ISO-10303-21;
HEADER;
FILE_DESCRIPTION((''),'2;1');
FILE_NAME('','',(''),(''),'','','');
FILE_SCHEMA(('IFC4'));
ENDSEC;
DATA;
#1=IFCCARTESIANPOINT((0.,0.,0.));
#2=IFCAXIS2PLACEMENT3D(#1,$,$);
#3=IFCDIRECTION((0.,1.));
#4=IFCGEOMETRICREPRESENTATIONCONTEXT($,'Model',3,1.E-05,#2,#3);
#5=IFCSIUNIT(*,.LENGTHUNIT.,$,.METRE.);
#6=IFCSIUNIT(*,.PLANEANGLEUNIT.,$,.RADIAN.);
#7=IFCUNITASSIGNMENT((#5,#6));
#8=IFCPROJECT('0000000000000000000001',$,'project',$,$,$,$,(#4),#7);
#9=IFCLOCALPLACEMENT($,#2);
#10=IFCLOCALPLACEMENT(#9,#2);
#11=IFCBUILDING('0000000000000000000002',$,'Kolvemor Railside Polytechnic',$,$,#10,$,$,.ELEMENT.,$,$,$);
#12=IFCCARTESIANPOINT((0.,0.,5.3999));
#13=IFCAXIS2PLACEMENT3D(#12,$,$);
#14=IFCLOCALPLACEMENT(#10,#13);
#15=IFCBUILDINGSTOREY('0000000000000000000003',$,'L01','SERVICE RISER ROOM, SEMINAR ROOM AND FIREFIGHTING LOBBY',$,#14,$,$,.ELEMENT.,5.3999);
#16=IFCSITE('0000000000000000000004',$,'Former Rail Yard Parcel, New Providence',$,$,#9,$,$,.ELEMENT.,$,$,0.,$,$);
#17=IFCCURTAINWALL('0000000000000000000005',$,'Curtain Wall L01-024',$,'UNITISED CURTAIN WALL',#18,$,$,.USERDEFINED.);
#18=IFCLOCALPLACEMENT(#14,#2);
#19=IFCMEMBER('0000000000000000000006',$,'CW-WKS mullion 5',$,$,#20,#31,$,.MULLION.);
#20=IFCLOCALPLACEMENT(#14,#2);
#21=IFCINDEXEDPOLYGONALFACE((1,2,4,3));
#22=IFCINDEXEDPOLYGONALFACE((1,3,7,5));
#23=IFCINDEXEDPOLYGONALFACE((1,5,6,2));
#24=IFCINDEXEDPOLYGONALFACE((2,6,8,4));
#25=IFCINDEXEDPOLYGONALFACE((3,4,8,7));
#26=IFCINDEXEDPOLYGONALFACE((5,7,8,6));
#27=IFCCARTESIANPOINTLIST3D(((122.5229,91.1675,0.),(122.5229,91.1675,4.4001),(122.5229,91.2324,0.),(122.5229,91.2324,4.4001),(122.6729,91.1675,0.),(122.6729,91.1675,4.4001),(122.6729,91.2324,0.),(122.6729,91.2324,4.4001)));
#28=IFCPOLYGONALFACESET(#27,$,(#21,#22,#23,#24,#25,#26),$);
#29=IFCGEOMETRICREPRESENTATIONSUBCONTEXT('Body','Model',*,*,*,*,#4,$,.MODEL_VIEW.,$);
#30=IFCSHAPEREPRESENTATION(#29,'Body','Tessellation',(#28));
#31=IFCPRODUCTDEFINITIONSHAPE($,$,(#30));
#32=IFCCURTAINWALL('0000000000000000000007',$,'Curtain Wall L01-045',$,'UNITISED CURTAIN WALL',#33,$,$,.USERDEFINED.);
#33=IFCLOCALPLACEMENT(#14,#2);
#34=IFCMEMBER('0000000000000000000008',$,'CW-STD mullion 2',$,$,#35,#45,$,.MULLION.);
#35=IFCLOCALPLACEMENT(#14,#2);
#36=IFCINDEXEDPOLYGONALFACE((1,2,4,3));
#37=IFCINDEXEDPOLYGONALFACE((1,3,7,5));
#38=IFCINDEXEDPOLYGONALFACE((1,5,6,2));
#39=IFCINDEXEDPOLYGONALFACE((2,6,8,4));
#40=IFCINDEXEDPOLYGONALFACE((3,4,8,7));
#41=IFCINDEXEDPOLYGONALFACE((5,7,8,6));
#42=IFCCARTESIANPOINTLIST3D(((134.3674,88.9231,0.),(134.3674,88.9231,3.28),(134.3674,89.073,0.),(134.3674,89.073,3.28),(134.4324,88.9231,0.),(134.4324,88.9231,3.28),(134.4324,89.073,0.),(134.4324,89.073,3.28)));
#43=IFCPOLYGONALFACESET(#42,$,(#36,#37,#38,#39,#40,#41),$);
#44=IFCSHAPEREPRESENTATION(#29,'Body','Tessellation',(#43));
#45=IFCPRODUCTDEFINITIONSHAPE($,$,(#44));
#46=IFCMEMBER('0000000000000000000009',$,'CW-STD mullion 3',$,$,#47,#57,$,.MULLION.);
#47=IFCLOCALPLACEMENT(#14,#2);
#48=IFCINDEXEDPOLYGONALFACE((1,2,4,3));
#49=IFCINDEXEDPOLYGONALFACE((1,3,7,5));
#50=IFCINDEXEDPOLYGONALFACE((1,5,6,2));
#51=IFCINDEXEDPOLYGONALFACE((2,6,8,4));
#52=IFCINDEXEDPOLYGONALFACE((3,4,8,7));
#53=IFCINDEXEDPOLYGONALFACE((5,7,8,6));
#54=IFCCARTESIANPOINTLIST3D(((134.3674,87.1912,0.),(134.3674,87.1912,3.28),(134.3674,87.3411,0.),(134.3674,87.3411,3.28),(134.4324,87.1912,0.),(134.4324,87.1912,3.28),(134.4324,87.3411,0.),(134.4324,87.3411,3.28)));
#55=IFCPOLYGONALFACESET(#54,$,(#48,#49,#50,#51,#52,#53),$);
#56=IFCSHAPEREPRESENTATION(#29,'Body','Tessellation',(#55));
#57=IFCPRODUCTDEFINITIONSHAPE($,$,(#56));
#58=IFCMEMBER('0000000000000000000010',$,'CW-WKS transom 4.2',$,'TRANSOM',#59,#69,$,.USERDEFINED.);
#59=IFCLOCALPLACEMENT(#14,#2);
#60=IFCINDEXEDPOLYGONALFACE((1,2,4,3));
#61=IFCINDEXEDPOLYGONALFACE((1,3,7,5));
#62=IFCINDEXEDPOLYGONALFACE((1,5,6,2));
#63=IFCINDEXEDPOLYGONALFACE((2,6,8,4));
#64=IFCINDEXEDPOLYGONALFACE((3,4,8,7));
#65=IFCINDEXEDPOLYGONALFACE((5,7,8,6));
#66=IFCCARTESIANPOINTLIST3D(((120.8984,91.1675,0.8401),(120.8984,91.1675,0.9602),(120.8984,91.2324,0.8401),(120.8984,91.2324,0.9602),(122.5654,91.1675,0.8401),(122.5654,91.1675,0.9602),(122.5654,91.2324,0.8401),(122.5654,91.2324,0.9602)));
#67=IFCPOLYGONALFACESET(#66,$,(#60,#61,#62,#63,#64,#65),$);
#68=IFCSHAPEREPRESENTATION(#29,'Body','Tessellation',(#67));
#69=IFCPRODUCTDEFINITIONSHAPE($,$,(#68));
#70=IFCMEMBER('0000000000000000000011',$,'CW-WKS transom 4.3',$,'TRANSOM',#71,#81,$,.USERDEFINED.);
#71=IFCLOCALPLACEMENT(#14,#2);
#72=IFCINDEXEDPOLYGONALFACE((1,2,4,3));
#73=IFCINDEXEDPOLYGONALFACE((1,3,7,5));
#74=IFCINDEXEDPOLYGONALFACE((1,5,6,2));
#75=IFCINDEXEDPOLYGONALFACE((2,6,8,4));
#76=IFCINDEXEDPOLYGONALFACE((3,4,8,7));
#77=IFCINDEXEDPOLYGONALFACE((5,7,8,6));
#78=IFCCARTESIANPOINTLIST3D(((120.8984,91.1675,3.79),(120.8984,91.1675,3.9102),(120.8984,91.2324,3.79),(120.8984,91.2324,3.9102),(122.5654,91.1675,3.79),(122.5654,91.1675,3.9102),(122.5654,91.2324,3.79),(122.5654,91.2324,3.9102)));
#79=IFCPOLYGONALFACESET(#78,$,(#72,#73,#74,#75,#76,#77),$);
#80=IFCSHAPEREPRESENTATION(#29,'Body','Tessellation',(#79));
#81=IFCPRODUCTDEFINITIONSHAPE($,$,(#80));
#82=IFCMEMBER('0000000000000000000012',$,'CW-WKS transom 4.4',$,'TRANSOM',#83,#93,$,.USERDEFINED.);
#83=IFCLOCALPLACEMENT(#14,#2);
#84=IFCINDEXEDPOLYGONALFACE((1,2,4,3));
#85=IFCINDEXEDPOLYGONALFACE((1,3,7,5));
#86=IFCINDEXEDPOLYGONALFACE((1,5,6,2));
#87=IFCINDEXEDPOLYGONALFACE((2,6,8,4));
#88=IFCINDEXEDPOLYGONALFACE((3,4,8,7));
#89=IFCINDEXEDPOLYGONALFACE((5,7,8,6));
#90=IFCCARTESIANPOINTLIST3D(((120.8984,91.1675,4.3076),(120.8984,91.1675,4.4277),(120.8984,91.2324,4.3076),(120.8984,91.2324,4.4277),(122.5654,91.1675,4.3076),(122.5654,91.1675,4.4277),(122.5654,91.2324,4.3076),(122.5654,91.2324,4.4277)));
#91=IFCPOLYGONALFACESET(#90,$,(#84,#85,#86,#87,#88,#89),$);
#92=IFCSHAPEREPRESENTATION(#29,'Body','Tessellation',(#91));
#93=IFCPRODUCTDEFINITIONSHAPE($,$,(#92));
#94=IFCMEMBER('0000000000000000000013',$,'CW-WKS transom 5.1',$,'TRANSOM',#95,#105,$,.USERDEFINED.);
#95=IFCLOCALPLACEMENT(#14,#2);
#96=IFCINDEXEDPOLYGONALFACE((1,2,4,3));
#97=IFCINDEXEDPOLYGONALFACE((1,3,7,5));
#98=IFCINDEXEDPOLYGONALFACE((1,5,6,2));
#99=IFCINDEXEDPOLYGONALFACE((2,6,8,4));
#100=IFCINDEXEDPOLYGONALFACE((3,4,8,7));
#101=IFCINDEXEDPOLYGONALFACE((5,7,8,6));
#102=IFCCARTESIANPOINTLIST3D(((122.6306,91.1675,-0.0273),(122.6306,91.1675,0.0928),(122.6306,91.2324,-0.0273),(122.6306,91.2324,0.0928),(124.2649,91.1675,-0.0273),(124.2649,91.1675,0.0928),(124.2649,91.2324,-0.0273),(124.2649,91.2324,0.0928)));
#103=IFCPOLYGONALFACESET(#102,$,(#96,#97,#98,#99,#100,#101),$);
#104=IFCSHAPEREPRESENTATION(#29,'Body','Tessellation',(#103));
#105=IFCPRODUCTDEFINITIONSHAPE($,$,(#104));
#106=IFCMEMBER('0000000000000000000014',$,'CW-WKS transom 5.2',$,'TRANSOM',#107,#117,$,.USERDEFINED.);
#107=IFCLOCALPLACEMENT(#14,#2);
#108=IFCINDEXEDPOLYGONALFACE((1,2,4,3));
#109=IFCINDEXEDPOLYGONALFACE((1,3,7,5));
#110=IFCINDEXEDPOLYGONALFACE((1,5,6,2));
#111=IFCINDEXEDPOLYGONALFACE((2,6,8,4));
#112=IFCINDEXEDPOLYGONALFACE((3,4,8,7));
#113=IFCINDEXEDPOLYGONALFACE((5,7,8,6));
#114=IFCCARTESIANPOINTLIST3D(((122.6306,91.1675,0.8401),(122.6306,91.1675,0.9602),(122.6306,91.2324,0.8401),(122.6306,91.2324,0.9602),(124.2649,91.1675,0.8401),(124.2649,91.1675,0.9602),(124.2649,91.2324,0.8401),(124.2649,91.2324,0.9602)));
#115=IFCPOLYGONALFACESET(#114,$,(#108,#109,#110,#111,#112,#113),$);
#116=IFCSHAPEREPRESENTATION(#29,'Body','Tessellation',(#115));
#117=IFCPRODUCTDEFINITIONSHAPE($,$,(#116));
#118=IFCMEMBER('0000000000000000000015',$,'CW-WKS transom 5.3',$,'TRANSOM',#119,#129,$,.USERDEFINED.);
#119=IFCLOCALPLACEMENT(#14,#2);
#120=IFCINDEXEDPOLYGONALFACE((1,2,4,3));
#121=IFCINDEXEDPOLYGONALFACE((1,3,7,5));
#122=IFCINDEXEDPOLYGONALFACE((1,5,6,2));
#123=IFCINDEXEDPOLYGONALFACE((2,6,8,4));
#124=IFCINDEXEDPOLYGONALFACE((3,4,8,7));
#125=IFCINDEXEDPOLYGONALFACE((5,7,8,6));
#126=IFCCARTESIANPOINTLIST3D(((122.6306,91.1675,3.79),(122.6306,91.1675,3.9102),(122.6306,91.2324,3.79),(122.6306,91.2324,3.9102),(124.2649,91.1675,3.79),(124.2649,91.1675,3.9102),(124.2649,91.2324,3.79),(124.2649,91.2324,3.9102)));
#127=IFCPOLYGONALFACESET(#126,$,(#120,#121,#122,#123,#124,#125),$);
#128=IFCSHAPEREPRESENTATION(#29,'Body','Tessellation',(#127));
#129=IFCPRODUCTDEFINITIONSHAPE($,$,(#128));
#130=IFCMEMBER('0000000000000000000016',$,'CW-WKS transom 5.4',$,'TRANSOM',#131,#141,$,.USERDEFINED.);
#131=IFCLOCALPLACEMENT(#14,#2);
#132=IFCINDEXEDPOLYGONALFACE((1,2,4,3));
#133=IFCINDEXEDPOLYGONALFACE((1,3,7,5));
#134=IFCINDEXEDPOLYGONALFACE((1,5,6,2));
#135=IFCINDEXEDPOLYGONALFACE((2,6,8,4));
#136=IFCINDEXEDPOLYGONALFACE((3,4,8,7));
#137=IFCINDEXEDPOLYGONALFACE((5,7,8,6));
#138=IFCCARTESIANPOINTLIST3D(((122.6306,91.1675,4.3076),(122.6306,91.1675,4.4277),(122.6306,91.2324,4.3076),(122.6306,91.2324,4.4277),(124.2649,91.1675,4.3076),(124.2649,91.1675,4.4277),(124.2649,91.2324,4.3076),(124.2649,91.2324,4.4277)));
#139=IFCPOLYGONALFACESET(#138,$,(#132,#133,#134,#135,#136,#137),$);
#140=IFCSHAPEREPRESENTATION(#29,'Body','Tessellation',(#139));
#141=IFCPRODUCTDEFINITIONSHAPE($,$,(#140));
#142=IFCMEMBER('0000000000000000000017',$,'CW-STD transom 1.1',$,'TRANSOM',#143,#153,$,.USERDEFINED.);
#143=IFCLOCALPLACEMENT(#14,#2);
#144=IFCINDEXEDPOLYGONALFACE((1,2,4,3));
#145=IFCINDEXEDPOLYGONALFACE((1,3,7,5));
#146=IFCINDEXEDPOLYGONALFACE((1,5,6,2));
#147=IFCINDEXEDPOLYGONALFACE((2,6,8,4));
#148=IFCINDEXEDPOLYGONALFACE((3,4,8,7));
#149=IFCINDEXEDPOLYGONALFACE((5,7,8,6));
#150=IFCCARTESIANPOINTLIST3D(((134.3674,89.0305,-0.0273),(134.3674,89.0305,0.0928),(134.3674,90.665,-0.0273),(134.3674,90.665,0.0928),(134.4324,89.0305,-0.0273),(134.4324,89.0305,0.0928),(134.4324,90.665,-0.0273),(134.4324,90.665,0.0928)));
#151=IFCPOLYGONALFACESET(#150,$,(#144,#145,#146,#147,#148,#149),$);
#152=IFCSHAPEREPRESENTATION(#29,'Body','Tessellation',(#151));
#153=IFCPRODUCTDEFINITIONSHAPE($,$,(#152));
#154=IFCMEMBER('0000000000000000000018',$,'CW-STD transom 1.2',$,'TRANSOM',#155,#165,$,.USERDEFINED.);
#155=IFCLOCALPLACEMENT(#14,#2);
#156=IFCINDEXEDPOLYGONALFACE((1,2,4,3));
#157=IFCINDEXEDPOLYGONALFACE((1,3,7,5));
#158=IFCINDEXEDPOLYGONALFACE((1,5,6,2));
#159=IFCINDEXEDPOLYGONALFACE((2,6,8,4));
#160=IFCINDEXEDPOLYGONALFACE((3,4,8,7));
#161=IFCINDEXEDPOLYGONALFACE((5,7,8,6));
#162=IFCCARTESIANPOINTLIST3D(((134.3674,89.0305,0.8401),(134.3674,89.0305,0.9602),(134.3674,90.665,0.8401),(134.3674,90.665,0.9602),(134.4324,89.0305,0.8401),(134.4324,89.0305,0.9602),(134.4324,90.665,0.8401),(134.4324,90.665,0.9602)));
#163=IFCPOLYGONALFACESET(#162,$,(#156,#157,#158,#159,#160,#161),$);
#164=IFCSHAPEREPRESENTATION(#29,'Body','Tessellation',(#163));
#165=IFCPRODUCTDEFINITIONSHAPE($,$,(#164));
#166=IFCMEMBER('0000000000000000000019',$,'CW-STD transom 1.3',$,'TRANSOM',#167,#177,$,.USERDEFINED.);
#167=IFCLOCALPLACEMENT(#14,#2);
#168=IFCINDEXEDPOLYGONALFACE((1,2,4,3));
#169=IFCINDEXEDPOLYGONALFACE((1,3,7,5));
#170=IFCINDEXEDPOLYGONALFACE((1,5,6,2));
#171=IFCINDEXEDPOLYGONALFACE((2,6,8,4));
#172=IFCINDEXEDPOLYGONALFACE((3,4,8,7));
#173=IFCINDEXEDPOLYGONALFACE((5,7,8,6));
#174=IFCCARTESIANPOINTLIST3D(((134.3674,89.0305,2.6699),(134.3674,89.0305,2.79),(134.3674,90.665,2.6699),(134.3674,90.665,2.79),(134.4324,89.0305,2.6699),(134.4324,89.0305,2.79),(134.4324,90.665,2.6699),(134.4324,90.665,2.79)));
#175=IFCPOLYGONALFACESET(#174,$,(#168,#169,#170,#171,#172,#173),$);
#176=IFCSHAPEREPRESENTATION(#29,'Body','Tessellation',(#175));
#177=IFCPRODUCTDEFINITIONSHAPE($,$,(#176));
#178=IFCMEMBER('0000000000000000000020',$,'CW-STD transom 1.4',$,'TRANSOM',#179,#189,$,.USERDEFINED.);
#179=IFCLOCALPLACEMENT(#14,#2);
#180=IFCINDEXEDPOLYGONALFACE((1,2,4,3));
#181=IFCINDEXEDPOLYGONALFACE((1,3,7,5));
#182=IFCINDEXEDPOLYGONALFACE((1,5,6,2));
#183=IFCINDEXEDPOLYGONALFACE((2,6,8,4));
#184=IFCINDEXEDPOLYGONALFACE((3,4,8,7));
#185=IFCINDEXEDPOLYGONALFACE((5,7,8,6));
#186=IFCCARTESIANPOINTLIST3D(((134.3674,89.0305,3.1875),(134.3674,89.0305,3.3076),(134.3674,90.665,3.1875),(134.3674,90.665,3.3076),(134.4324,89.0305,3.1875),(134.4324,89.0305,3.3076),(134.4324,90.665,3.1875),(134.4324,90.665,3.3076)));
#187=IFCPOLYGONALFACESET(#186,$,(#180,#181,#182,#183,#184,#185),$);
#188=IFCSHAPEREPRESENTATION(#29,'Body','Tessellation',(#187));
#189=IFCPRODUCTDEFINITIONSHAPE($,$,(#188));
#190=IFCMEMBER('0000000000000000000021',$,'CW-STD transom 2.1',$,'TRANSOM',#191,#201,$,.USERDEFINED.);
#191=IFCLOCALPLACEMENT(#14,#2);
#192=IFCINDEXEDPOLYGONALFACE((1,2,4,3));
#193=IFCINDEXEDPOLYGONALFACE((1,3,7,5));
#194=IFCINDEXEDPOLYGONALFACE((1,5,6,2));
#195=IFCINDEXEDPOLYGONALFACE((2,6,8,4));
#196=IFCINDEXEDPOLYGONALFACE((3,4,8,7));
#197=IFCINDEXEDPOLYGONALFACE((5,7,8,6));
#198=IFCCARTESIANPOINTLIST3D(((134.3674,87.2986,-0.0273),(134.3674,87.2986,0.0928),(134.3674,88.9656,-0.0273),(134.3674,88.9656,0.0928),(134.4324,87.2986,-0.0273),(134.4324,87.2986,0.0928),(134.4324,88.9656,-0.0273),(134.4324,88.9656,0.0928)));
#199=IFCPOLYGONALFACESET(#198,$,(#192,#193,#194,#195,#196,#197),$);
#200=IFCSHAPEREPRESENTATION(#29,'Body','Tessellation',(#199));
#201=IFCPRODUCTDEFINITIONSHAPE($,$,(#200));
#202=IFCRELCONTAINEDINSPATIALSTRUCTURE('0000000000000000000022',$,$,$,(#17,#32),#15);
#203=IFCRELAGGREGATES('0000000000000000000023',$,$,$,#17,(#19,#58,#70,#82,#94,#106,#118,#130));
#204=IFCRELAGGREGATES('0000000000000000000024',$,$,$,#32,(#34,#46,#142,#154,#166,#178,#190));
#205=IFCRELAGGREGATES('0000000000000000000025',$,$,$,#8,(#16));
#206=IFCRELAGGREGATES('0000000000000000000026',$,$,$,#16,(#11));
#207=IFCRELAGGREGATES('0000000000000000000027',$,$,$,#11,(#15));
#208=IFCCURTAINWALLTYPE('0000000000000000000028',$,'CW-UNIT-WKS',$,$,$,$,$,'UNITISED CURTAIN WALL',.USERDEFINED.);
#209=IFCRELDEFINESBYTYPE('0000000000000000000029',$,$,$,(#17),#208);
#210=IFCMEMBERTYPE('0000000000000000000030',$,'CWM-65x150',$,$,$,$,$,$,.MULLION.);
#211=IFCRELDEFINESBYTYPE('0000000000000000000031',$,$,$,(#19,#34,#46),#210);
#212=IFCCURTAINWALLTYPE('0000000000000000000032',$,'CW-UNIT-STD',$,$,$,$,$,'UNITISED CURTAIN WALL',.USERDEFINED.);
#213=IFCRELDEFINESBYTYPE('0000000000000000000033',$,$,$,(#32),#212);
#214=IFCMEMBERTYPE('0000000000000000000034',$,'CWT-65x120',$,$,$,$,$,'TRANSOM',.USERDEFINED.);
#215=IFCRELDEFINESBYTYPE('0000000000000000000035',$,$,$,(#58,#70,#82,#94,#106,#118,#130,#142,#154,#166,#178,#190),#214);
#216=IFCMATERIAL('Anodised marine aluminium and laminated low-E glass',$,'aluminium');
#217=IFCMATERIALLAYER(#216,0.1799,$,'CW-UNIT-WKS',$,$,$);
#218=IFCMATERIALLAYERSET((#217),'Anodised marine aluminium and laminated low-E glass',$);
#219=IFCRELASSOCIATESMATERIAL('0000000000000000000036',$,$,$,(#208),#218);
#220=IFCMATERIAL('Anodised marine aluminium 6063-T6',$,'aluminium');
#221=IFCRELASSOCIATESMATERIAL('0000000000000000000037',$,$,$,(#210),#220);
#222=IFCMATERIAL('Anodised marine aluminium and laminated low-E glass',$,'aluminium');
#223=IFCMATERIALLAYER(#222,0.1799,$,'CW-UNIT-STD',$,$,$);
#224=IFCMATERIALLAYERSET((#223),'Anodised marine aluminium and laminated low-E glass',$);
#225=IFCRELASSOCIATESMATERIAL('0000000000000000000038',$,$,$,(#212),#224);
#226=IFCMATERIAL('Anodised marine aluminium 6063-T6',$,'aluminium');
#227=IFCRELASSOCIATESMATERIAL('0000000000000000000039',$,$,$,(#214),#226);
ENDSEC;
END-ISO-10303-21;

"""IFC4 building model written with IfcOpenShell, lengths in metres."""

from ifc_helpers import new_model, si_unit, direction, frame, origin, origin_2d, place, context, subcontext, project, spatial, rectangle, extrude, material, layer, layer_set, material_profile, profile_set, type_object, element, aggregate, save


model = new_model("IFC4")

# Units and contexts
model_context = context("Model", 3, precision=1e-05, world=origin(), true_north=direction((0.0, 1.0)))
body_context = subcontext(model_context, "Body", "Model", "MODEL_VIEW")
ifc_project = project(units=[si_unit("LENGTHUNIT", "METRE"), si_unit("PLANEANGLEUNIT", "RADIAN")], contexts=[model_context])

# Site, building, storey
site_placement = place(None, origin())
site = spatial("IfcSite", under=ifc_project, at=site_placement, Name="Former Rail Yard Parcel, New Providence", CompositionType="ELEMENT", RefElevation=0.0)
building_placement = place(site_placement, origin())
building = spatial("IfcBuilding", under=site, at=building_placement, Name="Kolvemor Railside Polytechnic", CompositionType="ELEMENT")
storey_placement = place(building_placement, frame((0.0, 0.0, 5.3999)))
storey = spatial("IfcBuildingStorey", under=building, at=storey_placement, Name="L01", Description="SERVICE RISER ROOM, SEMINAR ROOM AND FIREFIGHTING LOBBY", CompositionType="ELEMENT", Elevation=5.3999)

# Curtain wall, member
ifc_material_1 = material(Name="Anodised marine aluminium and laminated low-E glass", Category="aluminium")
ifc_layer_1 = layer(ifc_material_1, 0.1799, Name="CW-UNIT-WKS")
ifc_layer_set_1 = layer_set([ifc_layer_1], Name="Anodised marine aluminium and laminated low-E glass")
curtain_wall_type_1 = type_object("IfcCurtainWallType", Name="CW-UNIT-WKS", ElementType="UNITISED CURTAIN WALL", PredefinedType="USERDEFINED", material=ifc_layer_set_1)
curtain_wall_1_placement = place(storey_placement, origin())
curtain_wall_1 = element("IfcCurtainWall", 1, at=curtain_wall_1_placement, inside=storey, type_object=curtain_wall_type_1, Name="Curtain Wall L01-024", ObjectType="UNITISED CURTAIN WALL", PredefinedType="USERDEFINED")
ifc_material_2 = material(Name="Anodised marine aluminium 6063-T6", Category="aluminium")
ifc_material_profile_1 = material_profile(ifc_material_2, rectangle(XDim=0.0649, YDim=0.1499, at=origin_2d()), Name="CW-MUL-65x150")
ifc_profile_set_1 = profile_set([ifc_material_profile_1], Name="Anodised marine aluminium 6063-T6")
member_type_1 = type_object("IfcMemberType", Name="CWM-65x150", PredefinedType="MULLION", material=ifc_profile_set_1)
member_1_placement = place(storey_placement, frame((122.5979, 91.2, 0.0), z_axis=(0.0, 0.0, 1.0), x_axis=(0.0, 1.0, 0.0)))
member_1 = element("IfcMember", 2, at=member_1_placement, type_object=member_type_1, Name="CW-WKS mullion 5", PredefinedType="MULLION", context=body_context, shape_type="SweptSolid", body=[
    extrude(rectangle(XDim=0.0649, YDim=0.1499, at=origin_2d()), origin(), (0.0, 0.0, 1.0), 4.4001),
])

# Curtain wall, members
ifc_material_3 = material(Name="Anodised marine aluminium and laminated low-E glass", Category="aluminium")
ifc_layer_2 = layer(ifc_material_3, 0.1799, Name="CW-UNIT-STD")
ifc_layer_set_2 = layer_set([ifc_layer_2], Name="Anodised marine aluminium and laminated low-E glass")
curtain_wall_type_2 = type_object("IfcCurtainWallType", Name="CW-UNIT-STD", ElementType="UNITISED CURTAIN WALL", PredefinedType="USERDEFINED", material=ifc_layer_set_2)
curtain_wall_2_placement = place(storey_placement, origin())
curtain_wall_2 = element("IfcCurtainWall", 3, at=curtain_wall_2_placement, inside=storey, type_object=curtain_wall_type_2, Name="Curtain Wall L01-045", ObjectType="UNITISED CURTAIN WALL", PredefinedType="USERDEFINED")
member_2_placement = place(storey_placement, frame((134.3999, 88.998, 0.0), z_axis=(0.0, 0.0, 1.0), x_axis=(1.0, 0.0, 0.0)))
member_2 = element("IfcMember", 4, at=member_2_placement, type_object=member_type_1, Name="CW-STD mullion 2", PredefinedType="MULLION", context=body_context, shape_type="SweptSolid", body=[
    extrude(rectangle(XDim=0.0649, YDim=0.1499, at=origin_2d()), origin(), (0.0, 0.0, 1.0), 3.28),
])
member_3_placement = place(storey_placement, frame((134.3999, 87.2661, 0.0), z_axis=(0.0, 0.0, 1.0), x_axis=(1.0, 0.0, 0.0)))
member_3 = element("IfcMember", 5, at=member_3_placement, type_object=member_type_1, Name="CW-STD mullion 3", PredefinedType="MULLION", context=body_context, shape_type="SweptSolid", body=[
    extrude(rectangle(XDim=0.0649, YDim=0.1499, at=origin_2d()), origin(), (0.0, 0.0, 1.0), 3.28),
])

# Members
ifc_material_4 = material(Name="Anodised marine aluminium 6063-T6", Category="aluminium")
ifc_material_profile_2 = material_profile(ifc_material_4, rectangle(XDim=0.0649, YDim=0.1201, at=origin_2d()), Name="CW-TRN-65x120")
ifc_profile_set_2 = profile_set([ifc_material_profile_2], Name="Anodised marine aluminium 6063-T6")
member_type_2 = type_object("IfcMemberType", Name="CWT-65x120", ElementType="TRANSOM", PredefinedType="USERDEFINED", material=ifc_profile_set_2)
member_4_placement = place(storey_placement, frame((120.8984, 91.2, 0.9001), z_axis=(1.0, 0.0, 0.0), x_axis=(0.0, 1.0, 0.0)))
member_4 = element("IfcMember", 6, at=member_4_placement, type_object=member_type_2, Name="CW-WKS transom 4.2", ObjectType="TRANSOM", PredefinedType="USERDEFINED", context=body_context, shape_type="SweptSolid", body=[
    extrude(rectangle(XDim=0.0649, YDim=0.1201, at=origin_2d()), origin(), (0.0, 0.0, 1.0), 1.667),
])
member_5_placement = place(storey_placement, frame((120.8984, 91.2, 3.8501), z_axis=(1.0, 0.0, 0.0), x_axis=(0.0, 1.0, 0.0)))
member_5 = element("IfcMember", 7, at=member_5_placement, type_object=member_type_2, Name="CW-WKS transom 4.3", ObjectType="TRANSOM", PredefinedType="USERDEFINED", context=body_context, shape_type="SweptSolid", body=[
    extrude(rectangle(XDim=0.0649, YDim=0.1201, at=origin_2d()), origin(), (0.0, 0.0, 1.0), 1.667),
])
member_6_placement = place(storey_placement, frame((120.8984, 91.2, 4.3677), z_axis=(1.0, 0.0, 0.0), x_axis=(0.0, 1.0, 0.0)))
member_6 = element("IfcMember", 8, at=member_6_placement, type_object=member_type_2, Name="CW-WKS transom 4.4", ObjectType="TRANSOM", PredefinedType="USERDEFINED", context=body_context, shape_type="SweptSolid", body=[
    extrude(rectangle(XDim=0.0649, YDim=0.1201, at=origin_2d()), origin(), (0.0, 0.0, 1.0), 1.667),
])
member_7_placement = place(storey_placement, frame((122.6306, 91.2, 0.0327), z_axis=(1.0, 0.0, 0.0), x_axis=(0.0, 1.0, 0.0)))
member_7 = element("IfcMember", 9, at=member_7_placement, type_object=member_type_2, Name="CW-WKS transom 5.1", ObjectType="TRANSOM", PredefinedType="USERDEFINED", context=body_context, shape_type="SweptSolid", body=[
    extrude(rectangle(XDim=0.0649, YDim=0.1201, at=origin_2d()), origin(), (0.0, 0.0, 1.0), 1.6343),
])
member_8_placement = place(storey_placement, frame((122.6306, 91.2, 0.9001), z_axis=(1.0, 0.0, 0.0), x_axis=(0.0, 1.0, 0.0)))
member_8 = element("IfcMember", 10, at=member_8_placement, type_object=member_type_2, Name="CW-WKS transom 5.2", ObjectType="TRANSOM", PredefinedType="USERDEFINED", context=body_context, shape_type="SweptSolid", body=[
    extrude(rectangle(XDim=0.0649, YDim=0.1201, at=origin_2d()), origin(), (0.0, 0.0, 1.0), 1.6343),
])
member_9_placement = place(storey_placement, frame((122.6306, 91.2, 3.8501), z_axis=(1.0, 0.0, 0.0), x_axis=(0.0, 1.0, 0.0)))
member_9 = element("IfcMember", 11, at=member_9_placement, type_object=member_type_2, Name="CW-WKS transom 5.3", ObjectType="TRANSOM", PredefinedType="USERDEFINED", context=body_context, shape_type="SweptSolid", body=[
    extrude(rectangle(XDim=0.0649, YDim=0.1201, at=origin_2d()), origin(), (0.0, 0.0, 1.0), 1.6343),
])
member_10_placement = place(storey_placement, frame((122.6306, 91.2, 4.3677), z_axis=(1.0, 0.0, 0.0), x_axis=(0.0, 1.0, 0.0)))
member_10 = element("IfcMember", 12, at=member_10_placement, type_object=member_type_2, Name="CW-WKS transom 5.4", ObjectType="TRANSOM", PredefinedType="USERDEFINED", context=body_context, shape_type="SweptSolid", body=[
    extrude(rectangle(XDim=0.0649, YDim=0.1201, at=origin_2d()), origin(), (0.0, 0.0, 1.0), 1.6343),
])
member_11_placement = place(storey_placement, frame((134.3999, 90.665, 0.0327), z_axis=(0.0, -1.0, 0.0), x_axis=(1.0, 0.0, 0.0)))
member_11 = element("IfcMember", 13, at=member_11_placement, type_object=member_type_2, Name="CW-STD transom 1.1", ObjectType="TRANSOM", PredefinedType="USERDEFINED", context=body_context, shape_type="SweptSolid", body=[
    extrude(rectangle(XDim=0.0649, YDim=0.1201, at=origin_2d()), origin(), (0.0, 0.0, 1.0), 1.6345),
])
member_12_placement = place(storey_placement, frame((134.3999, 90.665, 0.9001), z_axis=(0.0, -1.0, 0.0), x_axis=(1.0, 0.0, 0.0)))
member_12 = element("IfcMember", 14, at=member_12_placement, type_object=member_type_2, Name="CW-STD transom 1.2", ObjectType="TRANSOM", PredefinedType="USERDEFINED", context=body_context, shape_type="SweptSolid", body=[
    extrude(rectangle(XDim=0.0649, YDim=0.1201, at=origin_2d()), origin(), (0.0, 0.0, 1.0), 1.6345),
])
member_13_placement = place(storey_placement, frame((134.3999, 90.665, 2.73), z_axis=(0.0, -1.0, 0.0), x_axis=(1.0, 0.0, 0.0)))
member_13 = element("IfcMember", 15, at=member_13_placement, type_object=member_type_2, Name="CW-STD transom 1.3", ObjectType="TRANSOM", PredefinedType="USERDEFINED", context=body_context, shape_type="SweptSolid", body=[
    extrude(rectangle(XDim=0.0649, YDim=0.1201, at=origin_2d()), origin(), (0.0, 0.0, 1.0), 1.6345),
])
member_14_placement = place(storey_placement, frame((134.3999, 90.665, 3.2476), z_axis=(0.0, -1.0, 0.0), x_axis=(1.0, 0.0, 0.0)))
member_14 = element("IfcMember", 16, at=member_14_placement, type_object=member_type_2, Name="CW-STD transom 1.4", ObjectType="TRANSOM", PredefinedType="USERDEFINED", context=body_context, shape_type="SweptSolid", body=[
    extrude(rectangle(XDim=0.0649, YDim=0.1201, at=origin_2d()), origin(), (0.0, 0.0, 1.0), 1.6345),
])
member_15_placement = place(storey_placement, frame((134.3999, 88.9656, 0.0327), z_axis=(0.0, -1.0, 0.0), x_axis=(1.0, 0.0, 0.0)))
member_15 = element("IfcMember", 17, at=member_15_placement, type_object=member_type_2, Name="CW-STD transom 2.1", ObjectType="TRANSOM", PredefinedType="USERDEFINED", context=body_context, shape_type="SweptSolid", body=[
    extrude(rectangle(XDim=0.0649, YDim=0.1201, at=origin_2d()), origin(), (0.0, 0.0, 1.0), 1.667),
])

aggregate(curtain_wall_1, [member_1, member_4, member_5, member_6, member_7, member_8, member_9, member_10])
aggregate(curtain_wall_2, [member_2, member_3, member_11, member_12, member_13, member_14, member_15])

save(model, "model.ifc")
